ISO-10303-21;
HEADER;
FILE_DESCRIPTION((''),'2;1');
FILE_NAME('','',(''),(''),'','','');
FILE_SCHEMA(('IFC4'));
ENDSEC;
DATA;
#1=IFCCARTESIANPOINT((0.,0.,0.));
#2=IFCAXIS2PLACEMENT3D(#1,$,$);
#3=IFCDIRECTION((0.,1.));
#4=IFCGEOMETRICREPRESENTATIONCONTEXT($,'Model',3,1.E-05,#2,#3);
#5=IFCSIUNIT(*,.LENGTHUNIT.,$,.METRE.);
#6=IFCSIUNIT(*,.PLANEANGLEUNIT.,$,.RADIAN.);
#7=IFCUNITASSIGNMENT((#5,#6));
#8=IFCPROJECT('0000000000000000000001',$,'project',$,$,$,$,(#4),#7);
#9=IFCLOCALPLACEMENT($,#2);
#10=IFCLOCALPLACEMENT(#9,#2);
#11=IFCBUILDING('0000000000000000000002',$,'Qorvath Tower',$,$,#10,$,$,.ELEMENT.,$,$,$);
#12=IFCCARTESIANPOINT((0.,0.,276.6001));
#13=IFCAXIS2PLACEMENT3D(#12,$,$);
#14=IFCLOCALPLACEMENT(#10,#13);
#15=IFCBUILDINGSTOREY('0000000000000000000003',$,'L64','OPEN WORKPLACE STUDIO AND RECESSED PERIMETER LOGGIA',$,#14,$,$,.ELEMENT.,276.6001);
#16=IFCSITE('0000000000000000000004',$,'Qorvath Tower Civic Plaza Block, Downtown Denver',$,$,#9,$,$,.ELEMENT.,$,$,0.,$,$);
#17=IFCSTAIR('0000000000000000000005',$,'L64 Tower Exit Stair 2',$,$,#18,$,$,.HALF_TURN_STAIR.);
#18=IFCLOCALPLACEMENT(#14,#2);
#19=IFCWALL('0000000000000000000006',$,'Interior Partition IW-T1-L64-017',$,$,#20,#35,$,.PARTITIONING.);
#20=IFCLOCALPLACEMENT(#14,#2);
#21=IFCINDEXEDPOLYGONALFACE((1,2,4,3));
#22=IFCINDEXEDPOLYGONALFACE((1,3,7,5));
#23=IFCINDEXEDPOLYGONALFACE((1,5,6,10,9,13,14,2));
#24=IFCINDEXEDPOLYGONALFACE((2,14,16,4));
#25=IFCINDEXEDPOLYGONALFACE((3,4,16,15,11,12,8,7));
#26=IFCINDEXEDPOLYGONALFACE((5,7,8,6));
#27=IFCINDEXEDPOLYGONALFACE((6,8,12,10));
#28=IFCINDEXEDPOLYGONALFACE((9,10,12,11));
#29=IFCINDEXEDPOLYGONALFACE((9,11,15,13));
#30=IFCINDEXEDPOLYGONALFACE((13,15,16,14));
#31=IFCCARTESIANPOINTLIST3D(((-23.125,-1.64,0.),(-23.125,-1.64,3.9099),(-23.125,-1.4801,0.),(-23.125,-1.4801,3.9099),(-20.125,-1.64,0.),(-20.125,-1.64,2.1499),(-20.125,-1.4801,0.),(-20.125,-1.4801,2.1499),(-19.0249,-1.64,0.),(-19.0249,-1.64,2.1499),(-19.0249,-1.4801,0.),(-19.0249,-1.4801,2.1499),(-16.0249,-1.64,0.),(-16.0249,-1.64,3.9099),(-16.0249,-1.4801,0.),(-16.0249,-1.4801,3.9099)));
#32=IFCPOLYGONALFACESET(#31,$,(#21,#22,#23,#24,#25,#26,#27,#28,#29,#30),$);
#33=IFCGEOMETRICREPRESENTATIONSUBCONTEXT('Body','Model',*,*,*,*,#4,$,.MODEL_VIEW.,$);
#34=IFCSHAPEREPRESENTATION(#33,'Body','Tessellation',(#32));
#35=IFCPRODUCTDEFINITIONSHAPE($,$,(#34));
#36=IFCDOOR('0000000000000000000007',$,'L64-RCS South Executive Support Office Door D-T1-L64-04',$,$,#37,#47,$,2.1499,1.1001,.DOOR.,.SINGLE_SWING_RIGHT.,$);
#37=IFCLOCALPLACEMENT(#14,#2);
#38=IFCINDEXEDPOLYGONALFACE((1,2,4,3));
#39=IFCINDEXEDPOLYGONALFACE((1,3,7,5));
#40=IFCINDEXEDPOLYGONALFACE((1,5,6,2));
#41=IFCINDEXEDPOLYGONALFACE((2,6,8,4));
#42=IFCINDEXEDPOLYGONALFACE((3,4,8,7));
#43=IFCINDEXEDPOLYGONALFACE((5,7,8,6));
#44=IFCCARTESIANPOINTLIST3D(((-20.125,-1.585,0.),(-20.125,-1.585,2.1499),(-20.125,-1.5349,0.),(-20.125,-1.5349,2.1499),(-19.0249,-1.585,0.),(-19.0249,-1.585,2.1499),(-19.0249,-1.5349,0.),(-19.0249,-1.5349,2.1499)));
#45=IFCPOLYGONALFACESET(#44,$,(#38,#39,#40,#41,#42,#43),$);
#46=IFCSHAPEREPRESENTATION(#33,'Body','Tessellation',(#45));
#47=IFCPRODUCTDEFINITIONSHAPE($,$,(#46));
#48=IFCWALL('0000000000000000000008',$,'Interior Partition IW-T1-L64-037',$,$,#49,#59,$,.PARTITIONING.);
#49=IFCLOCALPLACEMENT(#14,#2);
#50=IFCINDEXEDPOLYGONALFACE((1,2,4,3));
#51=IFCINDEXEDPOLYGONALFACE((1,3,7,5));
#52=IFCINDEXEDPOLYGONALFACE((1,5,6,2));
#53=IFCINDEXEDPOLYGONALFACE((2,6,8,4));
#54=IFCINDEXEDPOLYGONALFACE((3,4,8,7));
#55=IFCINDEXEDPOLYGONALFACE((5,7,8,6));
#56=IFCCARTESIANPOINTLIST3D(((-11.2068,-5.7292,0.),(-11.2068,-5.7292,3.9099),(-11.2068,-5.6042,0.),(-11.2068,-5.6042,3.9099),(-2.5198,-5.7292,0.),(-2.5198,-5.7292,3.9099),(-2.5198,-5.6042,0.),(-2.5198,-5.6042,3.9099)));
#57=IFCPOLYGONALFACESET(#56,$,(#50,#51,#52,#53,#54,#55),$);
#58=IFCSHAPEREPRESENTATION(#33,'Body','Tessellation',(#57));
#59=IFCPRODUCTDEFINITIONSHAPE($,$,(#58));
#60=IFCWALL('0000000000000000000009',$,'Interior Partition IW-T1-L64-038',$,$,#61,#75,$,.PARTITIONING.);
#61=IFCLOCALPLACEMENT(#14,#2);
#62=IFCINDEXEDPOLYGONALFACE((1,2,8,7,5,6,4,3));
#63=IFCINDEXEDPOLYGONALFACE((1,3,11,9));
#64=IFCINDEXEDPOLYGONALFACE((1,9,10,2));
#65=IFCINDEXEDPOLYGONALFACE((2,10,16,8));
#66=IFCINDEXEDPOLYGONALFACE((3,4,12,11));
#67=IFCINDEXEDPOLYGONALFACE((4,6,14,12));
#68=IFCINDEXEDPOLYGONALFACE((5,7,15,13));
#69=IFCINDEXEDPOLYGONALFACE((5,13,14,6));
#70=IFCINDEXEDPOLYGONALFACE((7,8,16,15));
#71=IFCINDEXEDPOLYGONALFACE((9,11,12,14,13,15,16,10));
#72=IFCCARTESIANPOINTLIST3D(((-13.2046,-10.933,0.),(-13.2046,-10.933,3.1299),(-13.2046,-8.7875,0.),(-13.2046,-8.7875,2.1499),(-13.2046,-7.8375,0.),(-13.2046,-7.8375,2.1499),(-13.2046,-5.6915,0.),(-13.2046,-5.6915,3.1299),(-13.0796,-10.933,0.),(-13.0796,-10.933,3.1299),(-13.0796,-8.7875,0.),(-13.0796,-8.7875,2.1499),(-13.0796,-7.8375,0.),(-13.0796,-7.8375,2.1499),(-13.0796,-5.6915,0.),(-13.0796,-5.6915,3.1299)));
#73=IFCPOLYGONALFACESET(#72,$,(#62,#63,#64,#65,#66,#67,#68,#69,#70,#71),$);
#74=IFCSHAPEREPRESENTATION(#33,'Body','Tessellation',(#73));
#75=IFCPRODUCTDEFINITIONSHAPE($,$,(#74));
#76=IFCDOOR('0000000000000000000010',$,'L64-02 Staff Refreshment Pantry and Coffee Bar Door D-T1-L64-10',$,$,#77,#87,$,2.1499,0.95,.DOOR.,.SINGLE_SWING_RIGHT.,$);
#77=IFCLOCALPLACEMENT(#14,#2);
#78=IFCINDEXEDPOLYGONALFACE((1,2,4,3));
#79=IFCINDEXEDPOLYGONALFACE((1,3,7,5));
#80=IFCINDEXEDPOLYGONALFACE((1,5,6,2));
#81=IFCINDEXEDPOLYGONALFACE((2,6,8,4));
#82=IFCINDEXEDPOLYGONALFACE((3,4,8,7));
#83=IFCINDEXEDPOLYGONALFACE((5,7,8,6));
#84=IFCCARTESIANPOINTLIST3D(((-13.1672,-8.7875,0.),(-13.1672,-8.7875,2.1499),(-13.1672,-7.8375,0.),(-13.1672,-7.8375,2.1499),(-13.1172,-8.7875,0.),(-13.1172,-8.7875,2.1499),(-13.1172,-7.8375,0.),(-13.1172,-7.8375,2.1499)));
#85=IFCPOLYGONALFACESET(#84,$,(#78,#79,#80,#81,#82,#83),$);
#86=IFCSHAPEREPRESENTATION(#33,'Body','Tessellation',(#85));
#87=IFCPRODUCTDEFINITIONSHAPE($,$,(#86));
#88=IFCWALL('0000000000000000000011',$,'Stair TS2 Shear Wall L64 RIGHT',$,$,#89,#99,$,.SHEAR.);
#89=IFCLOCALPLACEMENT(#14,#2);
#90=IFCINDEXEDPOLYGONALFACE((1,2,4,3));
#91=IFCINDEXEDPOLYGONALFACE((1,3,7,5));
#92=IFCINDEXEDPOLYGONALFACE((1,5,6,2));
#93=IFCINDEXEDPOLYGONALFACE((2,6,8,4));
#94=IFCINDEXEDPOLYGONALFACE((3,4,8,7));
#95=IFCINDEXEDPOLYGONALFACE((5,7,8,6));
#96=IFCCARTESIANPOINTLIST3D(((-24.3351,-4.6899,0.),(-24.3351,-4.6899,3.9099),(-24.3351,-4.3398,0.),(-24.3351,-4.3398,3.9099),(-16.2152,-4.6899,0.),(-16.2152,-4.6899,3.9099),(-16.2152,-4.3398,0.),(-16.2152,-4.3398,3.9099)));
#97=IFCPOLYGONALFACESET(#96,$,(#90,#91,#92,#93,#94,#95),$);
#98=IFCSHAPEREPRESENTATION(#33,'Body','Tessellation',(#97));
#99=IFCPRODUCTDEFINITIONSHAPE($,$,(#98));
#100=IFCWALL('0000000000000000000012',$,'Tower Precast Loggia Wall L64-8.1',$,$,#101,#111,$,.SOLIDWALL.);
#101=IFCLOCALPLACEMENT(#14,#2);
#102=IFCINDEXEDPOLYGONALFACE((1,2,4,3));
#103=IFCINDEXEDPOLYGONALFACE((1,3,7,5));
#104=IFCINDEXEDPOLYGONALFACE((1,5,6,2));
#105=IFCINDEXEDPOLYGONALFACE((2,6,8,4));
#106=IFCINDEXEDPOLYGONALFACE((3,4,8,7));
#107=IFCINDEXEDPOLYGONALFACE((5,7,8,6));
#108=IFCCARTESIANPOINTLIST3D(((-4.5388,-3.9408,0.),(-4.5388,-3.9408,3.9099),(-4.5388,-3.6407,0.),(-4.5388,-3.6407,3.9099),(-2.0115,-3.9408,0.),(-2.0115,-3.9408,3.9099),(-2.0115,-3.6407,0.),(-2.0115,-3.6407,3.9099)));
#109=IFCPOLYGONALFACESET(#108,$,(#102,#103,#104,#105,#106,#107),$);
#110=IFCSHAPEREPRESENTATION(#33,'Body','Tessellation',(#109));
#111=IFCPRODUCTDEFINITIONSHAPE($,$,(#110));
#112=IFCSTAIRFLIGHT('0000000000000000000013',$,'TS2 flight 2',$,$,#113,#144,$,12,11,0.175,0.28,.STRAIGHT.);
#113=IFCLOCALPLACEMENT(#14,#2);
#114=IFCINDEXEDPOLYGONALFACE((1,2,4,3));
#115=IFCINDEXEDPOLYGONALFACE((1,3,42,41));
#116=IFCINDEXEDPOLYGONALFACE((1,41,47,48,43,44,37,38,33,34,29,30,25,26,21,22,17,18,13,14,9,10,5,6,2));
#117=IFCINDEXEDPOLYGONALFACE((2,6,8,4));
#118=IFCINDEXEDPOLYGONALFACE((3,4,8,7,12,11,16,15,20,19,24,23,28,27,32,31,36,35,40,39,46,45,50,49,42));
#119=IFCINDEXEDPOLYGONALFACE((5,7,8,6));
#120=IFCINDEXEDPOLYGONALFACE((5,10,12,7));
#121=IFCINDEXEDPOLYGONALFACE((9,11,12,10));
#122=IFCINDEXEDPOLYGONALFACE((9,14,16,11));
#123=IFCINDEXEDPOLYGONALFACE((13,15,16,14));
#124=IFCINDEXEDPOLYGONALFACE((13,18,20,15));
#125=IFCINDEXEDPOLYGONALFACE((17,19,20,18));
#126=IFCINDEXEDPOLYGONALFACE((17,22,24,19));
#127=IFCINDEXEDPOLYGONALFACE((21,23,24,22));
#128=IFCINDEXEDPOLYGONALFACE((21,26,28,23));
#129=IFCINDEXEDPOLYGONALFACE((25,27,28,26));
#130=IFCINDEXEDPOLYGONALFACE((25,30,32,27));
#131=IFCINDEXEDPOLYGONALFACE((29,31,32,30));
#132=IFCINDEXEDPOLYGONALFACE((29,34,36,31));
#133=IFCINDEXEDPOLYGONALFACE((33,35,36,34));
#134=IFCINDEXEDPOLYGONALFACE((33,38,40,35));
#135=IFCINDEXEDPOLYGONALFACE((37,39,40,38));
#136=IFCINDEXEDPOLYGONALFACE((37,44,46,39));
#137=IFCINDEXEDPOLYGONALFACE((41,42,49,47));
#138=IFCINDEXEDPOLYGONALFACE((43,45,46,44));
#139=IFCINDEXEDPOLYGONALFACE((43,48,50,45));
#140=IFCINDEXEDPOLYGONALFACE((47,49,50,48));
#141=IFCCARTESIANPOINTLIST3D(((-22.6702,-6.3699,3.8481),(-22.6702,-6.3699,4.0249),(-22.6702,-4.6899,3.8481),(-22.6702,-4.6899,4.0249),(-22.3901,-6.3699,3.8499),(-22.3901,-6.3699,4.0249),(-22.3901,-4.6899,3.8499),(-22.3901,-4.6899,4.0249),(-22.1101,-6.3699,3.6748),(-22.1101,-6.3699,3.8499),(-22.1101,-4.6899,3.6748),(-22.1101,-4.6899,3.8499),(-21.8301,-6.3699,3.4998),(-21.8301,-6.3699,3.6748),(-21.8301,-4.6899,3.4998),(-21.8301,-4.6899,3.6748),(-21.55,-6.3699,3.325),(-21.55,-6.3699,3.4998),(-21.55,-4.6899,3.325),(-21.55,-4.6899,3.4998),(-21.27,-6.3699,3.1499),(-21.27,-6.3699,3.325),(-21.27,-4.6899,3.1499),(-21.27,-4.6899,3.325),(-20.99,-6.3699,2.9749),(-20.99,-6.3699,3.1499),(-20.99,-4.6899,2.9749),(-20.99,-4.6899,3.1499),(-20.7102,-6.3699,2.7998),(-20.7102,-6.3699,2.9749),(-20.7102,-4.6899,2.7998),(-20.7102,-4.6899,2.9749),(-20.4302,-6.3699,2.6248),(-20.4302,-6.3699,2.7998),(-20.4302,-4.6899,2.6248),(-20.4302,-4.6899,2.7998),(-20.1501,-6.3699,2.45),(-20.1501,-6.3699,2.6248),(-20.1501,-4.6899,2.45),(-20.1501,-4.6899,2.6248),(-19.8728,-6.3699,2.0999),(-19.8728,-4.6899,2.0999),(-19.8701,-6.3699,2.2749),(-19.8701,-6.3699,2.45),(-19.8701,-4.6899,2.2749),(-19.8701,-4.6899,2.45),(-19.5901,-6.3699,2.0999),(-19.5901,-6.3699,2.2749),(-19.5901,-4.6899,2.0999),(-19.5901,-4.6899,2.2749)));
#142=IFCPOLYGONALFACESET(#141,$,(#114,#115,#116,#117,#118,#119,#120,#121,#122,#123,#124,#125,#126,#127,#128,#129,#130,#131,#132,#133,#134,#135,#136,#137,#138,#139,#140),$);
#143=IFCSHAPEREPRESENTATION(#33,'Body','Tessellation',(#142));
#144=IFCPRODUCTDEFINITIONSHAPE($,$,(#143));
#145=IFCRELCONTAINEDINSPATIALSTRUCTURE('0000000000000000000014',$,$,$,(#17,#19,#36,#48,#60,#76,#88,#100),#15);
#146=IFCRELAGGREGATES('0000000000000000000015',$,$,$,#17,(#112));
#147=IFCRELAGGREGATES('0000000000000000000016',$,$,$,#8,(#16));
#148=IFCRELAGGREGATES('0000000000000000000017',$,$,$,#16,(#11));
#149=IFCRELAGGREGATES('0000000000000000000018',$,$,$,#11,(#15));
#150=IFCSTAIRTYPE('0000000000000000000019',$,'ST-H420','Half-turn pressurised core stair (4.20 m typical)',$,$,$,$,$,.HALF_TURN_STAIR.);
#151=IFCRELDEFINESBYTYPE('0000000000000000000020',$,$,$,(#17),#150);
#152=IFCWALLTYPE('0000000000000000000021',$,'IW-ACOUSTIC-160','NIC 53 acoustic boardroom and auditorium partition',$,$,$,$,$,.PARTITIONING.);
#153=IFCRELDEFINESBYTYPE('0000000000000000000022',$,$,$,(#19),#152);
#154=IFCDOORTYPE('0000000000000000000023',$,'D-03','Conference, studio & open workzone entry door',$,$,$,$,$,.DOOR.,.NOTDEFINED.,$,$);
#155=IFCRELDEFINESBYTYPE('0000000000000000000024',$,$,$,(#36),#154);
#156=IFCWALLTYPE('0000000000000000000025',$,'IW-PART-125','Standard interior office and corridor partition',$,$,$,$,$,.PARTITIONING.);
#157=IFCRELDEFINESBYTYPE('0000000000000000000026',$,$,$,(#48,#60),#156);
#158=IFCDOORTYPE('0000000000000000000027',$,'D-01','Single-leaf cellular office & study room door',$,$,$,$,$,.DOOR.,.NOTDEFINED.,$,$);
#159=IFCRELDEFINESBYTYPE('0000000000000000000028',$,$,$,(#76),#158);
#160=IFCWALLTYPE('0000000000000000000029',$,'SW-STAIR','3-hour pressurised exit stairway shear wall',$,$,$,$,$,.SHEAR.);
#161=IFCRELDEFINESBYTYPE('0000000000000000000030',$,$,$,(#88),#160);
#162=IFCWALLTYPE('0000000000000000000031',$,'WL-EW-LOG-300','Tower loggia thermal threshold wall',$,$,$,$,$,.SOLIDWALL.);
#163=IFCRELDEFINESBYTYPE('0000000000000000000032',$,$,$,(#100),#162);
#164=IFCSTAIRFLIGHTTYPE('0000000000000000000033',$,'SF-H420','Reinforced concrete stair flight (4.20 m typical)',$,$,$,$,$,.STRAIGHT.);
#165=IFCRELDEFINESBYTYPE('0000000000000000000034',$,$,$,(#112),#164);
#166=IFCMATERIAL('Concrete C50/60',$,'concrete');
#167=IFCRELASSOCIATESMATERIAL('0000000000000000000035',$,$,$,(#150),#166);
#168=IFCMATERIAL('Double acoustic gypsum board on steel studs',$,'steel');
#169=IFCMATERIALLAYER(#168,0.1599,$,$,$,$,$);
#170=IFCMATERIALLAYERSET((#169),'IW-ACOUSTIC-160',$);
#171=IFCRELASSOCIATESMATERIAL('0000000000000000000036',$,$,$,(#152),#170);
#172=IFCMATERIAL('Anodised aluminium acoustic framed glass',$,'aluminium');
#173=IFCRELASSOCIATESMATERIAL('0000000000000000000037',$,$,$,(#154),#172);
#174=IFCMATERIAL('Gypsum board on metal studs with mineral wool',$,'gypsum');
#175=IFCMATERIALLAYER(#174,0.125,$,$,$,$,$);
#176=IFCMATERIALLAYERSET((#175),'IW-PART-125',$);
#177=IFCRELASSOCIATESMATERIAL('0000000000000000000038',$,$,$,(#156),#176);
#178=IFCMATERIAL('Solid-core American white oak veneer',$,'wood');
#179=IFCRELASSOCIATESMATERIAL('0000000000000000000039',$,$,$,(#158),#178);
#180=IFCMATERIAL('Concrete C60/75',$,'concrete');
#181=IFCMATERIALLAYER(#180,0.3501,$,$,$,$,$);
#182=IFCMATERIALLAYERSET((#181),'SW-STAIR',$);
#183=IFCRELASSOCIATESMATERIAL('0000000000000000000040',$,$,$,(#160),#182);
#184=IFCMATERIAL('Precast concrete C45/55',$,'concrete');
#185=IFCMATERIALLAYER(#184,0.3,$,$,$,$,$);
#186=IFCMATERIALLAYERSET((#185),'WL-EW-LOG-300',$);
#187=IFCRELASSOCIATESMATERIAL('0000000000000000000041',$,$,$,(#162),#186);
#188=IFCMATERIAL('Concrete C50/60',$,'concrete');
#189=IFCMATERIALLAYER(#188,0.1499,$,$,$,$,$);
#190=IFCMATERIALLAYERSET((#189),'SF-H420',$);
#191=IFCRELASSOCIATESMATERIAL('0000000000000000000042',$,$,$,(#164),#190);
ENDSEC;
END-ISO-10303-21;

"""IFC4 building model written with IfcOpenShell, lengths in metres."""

from ifc_helpers import new_model, si_unit, direction, frame, frame_2d, origin, place, context, subcontext, project, spatial, polyline, rectangle, outline, extrude, material, layer, layer_set, type_object, element, fill, aggregate, save


model = new_model("IFC4")

# Units and contexts
model_context = context("Model", 3, precision=1e-05, world=origin(), true_north=direction((0.0, 1.0)))
body_context = subcontext(model_context, "Body", "Model", "MODEL_VIEW")
ifc_project = project(units=[si_unit("LENGTHUNIT", "METRE"), si_unit("PLANEANGLEUNIT", "RADIAN")], contexts=[model_context])

# Site, building, storey
site_placement = place(None, origin())
site = spatial("IfcSite", under=ifc_project, at=site_placement, Name="Qorvath Tower Civic Plaza Block, Downtown Denver", CompositionType="ELEMENT", RefElevation=0.0)
building_placement = place(site_placement, origin())
building = spatial("IfcBuilding", under=site, at=building_placement, Name="Qorvath Tower", CompositionType="ELEMENT")
storey_placement = place(building_placement, frame((0.0, 0.0, 276.6001)))
storey = spatial("IfcBuildingStorey", under=building, at=storey_placement, Name="L64", Description="OPEN WORKPLACE STUDIO AND RECESSED PERIMETER LOGGIA", CompositionType="ELEMENT", Elevation=276.6001)

# Stair
ifc_material_1 = material(Name="Concrete C50/60", Category="concrete")
stair_type = type_object("IfcStairType", Name="ST-H420", Description="Half-turn pressurised core stair (4.20 m typical)", PredefinedType="HALF_TURN_STAIR", material=ifc_material_1)
stair_1_placement = place(storey_placement, origin())
stair_1 = element("IfcStair", 1, at=stair_1_placement, inside=storey, type_object=stair_type, Name="L64 Tower Exit Stair 2", PredefinedType="HALF_TURN_STAIR")

# Shared definitions
ifc_material_2 = material(Name="Double acoustic gypsum board on steel studs", Category="steel")
ifc_layer_1 = layer(ifc_material_2, 0.1599)
ifc_layer_set_1 = layer_set([ifc_layer_1], Name="IW-ACOUSTIC-160")
wall_type_1 = type_object("IfcWallType", Name="IW-ACOUSTIC-160", Description="NIC 53 acoustic boardroom and auditorium partition", PredefinedType="PARTITIONING", material=ifc_layer_set_1)

# Wall, opening, door
wall_1_placement = place(storey_placement, frame((-16.0249, -1.5601, 0.0), z_axis=(0.0, 0.0, 1.0), x_axis=(-1.0, 0.0, 0.0)))
wall_1 = element("IfcWall", 2, at=wall_1_placement, inside=storey, type_object=wall_type_1, Name="Interior Partition IW-T1-L64-017", PredefinedType="PARTITIONING", context=body_context, shape_type="SweptSolid", body=[
    extrude(rectangle(XDim=7.1001, YDim=0.1599, at=frame_2d((3.55, 0.0))), origin(), (0.0, 0.0, 1.0), 3.9099),
])
opening_1_placement = place(wall_1_placement, frame((3.0, 0.0, 0.0)))
opening_1 = element("IfcOpeningElement", 3, at=opening_1_placement, cuts=wall_1, PredefinedType="OPENING", context=body_context, shape_type="SweptSolid", body=[
    extrude(rectangle(XDim=1.1001, YDim=2.1499, at=frame_2d((0.55, 1.075))), frame((0.0, 0.0898, 0.0), z_axis=(0.0, -1.0, 0.0), x_axis=(1.0, 0.0, 0.0)), (0.0, 0.0, 1.0), 0.1799),
])
ifc_material_3 = material(Name="Anodised aluminium acoustic framed glass", Category="aluminium")
door_type_1 = type_object("IfcDoorType", Name="D-03", Description="Conference, studio & open workzone entry door", OperationType="NOTDEFINED", PredefinedType="DOOR", material=ifc_material_3)
door_1_placement = place(opening_1_placement, origin())
door_1 = element("IfcDoor", 4, at=door_1_placement, inside=storey, type_object=door_type_1, Name="L64-RCS South Executive Support Office Door D-T1-L64-04", OperationType="SINGLE_SWING_RIGHT", OverallHeight=2.1499, OverallWidth=1.1001, PredefinedType="DOOR", context=body_context, shape_type="SweptSolid", body=[
    extrude(rectangle(XDim=1.1001, YDim=2.1499, at=frame_2d((0.55, 1.075))), frame((0.0, 0.0249, 0.0), z_axis=(0.0, -1.0, 0.0), x_axis=(1.0, 0.0, 0.0)), (0.0, 0.0, 1.0), 0.05),
])
fill(opening_1, door_1)

# Wall
ifc_material_4 = material(Name="Gypsum board on metal studs with mineral wool", Category="gypsum")
ifc_layer_2 = layer(ifc_material_4, 0.125)
ifc_layer_set_2 = layer_set([ifc_layer_2], Name="IW-PART-125")
wall_type_2 = type_object("IfcWallType", Name="IW-PART-125", Description="Standard interior office and corridor partition", PredefinedType="PARTITIONING", material=ifc_layer_set_2)
wall_2_placement = place(storey_placement, frame((-2.5198, -5.6667, 0.0), z_axis=(0.0, 0.0, 1.0), x_axis=(-1.0, 0.0, 0.0)))
element("IfcWall", 5, at=wall_2_placement, inside=storey, type_object=wall_type_2, Name="Interior Partition IW-T1-L64-037", PredefinedType="PARTITIONING", context=body_context, shape_type="SweptSolid", body=[
    extrude(rectangle(XDim=8.687, YDim=0.125, at=frame_2d((4.3435, 0.0))), origin(), (0.0, 0.0, 1.0), 3.9099),
])

# Wall, opening, door
wall_3_placement = place(storey_placement, frame((-13.1421, -5.6917, 0.0), z_axis=(0.0, 0.0, 1.0), x_axis=(0.0, -1.0, 0.0)))
wall_3 = element("IfcWall", 6, at=wall_3_placement, inside=storey, type_object=wall_type_2, Name="Interior Partition IW-T1-L64-038", PredefinedType="PARTITIONING", context=body_context, shape_type="SweptSolid", body=[
    extrude(rectangle(XDim=5.2415, YDim=0.125, at=frame_2d((2.6206, 0.0))), origin(), (0.0, 0.0, 1.0), 3.1299),
])
opening_2_placement = place(wall_3_placement, frame((2.1458, 0.0, 0.0)))
opening_2 = element("IfcOpeningElement", 7, at=opening_2_placement, cuts=wall_3, PredefinedType="OPENING", context=body_context, shape_type="SweptSolid", body=[
    extrude(rectangle(XDim=0.95, YDim=2.1499, at=frame_2d((0.4751, 1.075))), frame((0.0, 0.0725, 0.0), z_axis=(0.0, -1.0, 0.0), x_axis=(1.0, 0.0, 0.0)), (0.0, 0.0, 1.0), 0.145),
])
ifc_material_5 = material(Name="Solid-core American white oak veneer", Category="wood")
door_type_2 = type_object("IfcDoorType", Name="D-01", Description="Single-leaf cellular office & study room door", OperationType="NOTDEFINED", PredefinedType="DOOR", material=ifc_material_5)
door_2_placement = place(opening_2_placement, origin())
door_2 = element("IfcDoor", 8, at=door_2_placement, inside=storey, type_object=door_type_2, Name="L64-02 Staff Refreshment Pantry and Coffee Bar Door D-T1-L64-10", OperationType="SINGLE_SWING_RIGHT", OverallHeight=2.1499, OverallWidth=0.95, PredefinedType="DOOR", context=body_context, shape_type="SweptSolid", body=[
    extrude(rectangle(XDim=0.95, YDim=2.1499, at=frame_2d((0.4751, 1.075))), frame((0.0, 0.0249, 0.0), z_axis=(0.0, -1.0, 0.0), x_axis=(1.0, 0.0, 0.0)), (0.0, 0.0, 1.0), 0.05),
])
fill(opening_2, door_2)

# Walls
ifc_material_6 = material(Name="Concrete C60/75", Category="concrete")
ifc_layer_3 = layer(ifc_material_6, 0.3501)
ifc_layer_set_3 = layer_set([ifc_layer_3], Name="SW-STAIR")
wall_type_3 = type_object("IfcWallType", Name="SW-STAIR", Description="3-hour pressurised exit stairway shear wall", PredefinedType="SHEAR", material=ifc_layer_set_3)
wall_4_placement = place(storey_placement, frame((-16.2151, -4.5149, 0.0), z_axis=(0.0, 0.0, 1.0), x_axis=(-1.0, 0.0, 0.0)))
element("IfcWall", 9, at=wall_4_placement, inside=storey, type_object=wall_type_3, Name="Stair TS2 Shear Wall L64 RIGHT", PredefinedType="SHEAR", context=body_context, shape_type="SweptSolid", body=[
    extrude(rectangle(XDim=8.1199, YDim=0.3501, at=frame_2d((4.0601, 0.0))), origin(), (0.0, 0.0, 1.0), 3.9099),
])
ifc_material_7 = material(Name="Precast concrete C45/55", Category="concrete")
ifc_layer_4 = layer(ifc_material_7, 0.3)
ifc_layer_set_4 = layer_set([ifc_layer_4], Name="WL-EW-LOG-300")
wall_type_4 = type_object("IfcWallType", Name="WL-EW-LOG-300", Description="Tower loggia thermal threshold wall", PredefinedType="SOLIDWALL", material=ifc_layer_set_4)
wall_5_placement = place(storey_placement, frame((-2.0115, -3.7908, 0.0), z_axis=(0.0, 0.0, 1.0), x_axis=(-1.0, 0.0, 0.0)))
element("IfcWall", 10, at=wall_5_placement, inside=storey, type_object=wall_type_4, Name="Tower Precast Loggia Wall L64-8.1", PredefinedType="SOLIDWALL", context=body_context, shape_type="SweptSolid", body=[
    extrude(rectangle(XDim=2.5273, YDim=0.3, at=frame_2d((1.2637, 0.0))), origin(), (0.0, 0.0, 1.0), 3.9099),
])

# Stair flight
ifc_material_8 = material(Name="Concrete C50/60", Category="concrete")
ifc_layer_5 = layer(ifc_material_8, 0.1499)
ifc_layer_set_5 = layer_set([ifc_layer_5], Name="SF-H420")
stair_flight_type = type_object("IfcStairFlightType", Name="SF-H420", Description="Reinforced concrete stair flight (4.20 m typical)", PredefinedType="STRAIGHT", material=ifc_layer_set_5)
stair_flight_placement = place(storey_placement, frame((-19.5901, -5.53, 2.0999), z_axis=(0.0, 0.0, 1.0), x_axis=(-1.0, 0.0, 0.0)))
stair_flight = element("IfcStairFlight", 11, at=stair_flight_placement, type_object=stair_flight_type, Name="TS2 flight 2", NumberOfRisers=12, NumberOfTreads=11, PredefinedType="STRAIGHT", RiserHeight=0.175, TreadLength=0.28, context=body_context, shape_type="SweptSolid", body=[
    extrude(outline(polyline([(0.0, 0.0), (0.0, 0.175), (0.28, 0.175), (0.28, 0.3501), (0.5601, 0.3501), (0.5601, 0.5249), (0.8401, 0.5249), (0.8401, 0.7), (1.1201, 0.7), (1.1201, 0.875), (1.3999, 0.875), (1.3999, 1.05), (1.6799, 1.05), (1.6799, 1.2251), (1.96, 1.2251), (1.96, 1.3999), (2.24, 1.3999), (2.24, 1.575), (2.52, 1.575), (2.52, 1.75), (2.8, 1.75), (2.8, 1.925), (3.0801, 1.925), (3.0801, 2.1001), (3.0801, 1.7483), (0.2827, 0.0), (0.0, 0.0)])), frame((0.0, 0.8398, 0.0), z_axis=(0.0, -1.0, 0.0), x_axis=(1.0, 0.0, 0.0)), (0.0, 0.0, 1.0), 1.6799),
])
aggregate(stair_1, [stair_flight])

save(model, "model.ifc")
